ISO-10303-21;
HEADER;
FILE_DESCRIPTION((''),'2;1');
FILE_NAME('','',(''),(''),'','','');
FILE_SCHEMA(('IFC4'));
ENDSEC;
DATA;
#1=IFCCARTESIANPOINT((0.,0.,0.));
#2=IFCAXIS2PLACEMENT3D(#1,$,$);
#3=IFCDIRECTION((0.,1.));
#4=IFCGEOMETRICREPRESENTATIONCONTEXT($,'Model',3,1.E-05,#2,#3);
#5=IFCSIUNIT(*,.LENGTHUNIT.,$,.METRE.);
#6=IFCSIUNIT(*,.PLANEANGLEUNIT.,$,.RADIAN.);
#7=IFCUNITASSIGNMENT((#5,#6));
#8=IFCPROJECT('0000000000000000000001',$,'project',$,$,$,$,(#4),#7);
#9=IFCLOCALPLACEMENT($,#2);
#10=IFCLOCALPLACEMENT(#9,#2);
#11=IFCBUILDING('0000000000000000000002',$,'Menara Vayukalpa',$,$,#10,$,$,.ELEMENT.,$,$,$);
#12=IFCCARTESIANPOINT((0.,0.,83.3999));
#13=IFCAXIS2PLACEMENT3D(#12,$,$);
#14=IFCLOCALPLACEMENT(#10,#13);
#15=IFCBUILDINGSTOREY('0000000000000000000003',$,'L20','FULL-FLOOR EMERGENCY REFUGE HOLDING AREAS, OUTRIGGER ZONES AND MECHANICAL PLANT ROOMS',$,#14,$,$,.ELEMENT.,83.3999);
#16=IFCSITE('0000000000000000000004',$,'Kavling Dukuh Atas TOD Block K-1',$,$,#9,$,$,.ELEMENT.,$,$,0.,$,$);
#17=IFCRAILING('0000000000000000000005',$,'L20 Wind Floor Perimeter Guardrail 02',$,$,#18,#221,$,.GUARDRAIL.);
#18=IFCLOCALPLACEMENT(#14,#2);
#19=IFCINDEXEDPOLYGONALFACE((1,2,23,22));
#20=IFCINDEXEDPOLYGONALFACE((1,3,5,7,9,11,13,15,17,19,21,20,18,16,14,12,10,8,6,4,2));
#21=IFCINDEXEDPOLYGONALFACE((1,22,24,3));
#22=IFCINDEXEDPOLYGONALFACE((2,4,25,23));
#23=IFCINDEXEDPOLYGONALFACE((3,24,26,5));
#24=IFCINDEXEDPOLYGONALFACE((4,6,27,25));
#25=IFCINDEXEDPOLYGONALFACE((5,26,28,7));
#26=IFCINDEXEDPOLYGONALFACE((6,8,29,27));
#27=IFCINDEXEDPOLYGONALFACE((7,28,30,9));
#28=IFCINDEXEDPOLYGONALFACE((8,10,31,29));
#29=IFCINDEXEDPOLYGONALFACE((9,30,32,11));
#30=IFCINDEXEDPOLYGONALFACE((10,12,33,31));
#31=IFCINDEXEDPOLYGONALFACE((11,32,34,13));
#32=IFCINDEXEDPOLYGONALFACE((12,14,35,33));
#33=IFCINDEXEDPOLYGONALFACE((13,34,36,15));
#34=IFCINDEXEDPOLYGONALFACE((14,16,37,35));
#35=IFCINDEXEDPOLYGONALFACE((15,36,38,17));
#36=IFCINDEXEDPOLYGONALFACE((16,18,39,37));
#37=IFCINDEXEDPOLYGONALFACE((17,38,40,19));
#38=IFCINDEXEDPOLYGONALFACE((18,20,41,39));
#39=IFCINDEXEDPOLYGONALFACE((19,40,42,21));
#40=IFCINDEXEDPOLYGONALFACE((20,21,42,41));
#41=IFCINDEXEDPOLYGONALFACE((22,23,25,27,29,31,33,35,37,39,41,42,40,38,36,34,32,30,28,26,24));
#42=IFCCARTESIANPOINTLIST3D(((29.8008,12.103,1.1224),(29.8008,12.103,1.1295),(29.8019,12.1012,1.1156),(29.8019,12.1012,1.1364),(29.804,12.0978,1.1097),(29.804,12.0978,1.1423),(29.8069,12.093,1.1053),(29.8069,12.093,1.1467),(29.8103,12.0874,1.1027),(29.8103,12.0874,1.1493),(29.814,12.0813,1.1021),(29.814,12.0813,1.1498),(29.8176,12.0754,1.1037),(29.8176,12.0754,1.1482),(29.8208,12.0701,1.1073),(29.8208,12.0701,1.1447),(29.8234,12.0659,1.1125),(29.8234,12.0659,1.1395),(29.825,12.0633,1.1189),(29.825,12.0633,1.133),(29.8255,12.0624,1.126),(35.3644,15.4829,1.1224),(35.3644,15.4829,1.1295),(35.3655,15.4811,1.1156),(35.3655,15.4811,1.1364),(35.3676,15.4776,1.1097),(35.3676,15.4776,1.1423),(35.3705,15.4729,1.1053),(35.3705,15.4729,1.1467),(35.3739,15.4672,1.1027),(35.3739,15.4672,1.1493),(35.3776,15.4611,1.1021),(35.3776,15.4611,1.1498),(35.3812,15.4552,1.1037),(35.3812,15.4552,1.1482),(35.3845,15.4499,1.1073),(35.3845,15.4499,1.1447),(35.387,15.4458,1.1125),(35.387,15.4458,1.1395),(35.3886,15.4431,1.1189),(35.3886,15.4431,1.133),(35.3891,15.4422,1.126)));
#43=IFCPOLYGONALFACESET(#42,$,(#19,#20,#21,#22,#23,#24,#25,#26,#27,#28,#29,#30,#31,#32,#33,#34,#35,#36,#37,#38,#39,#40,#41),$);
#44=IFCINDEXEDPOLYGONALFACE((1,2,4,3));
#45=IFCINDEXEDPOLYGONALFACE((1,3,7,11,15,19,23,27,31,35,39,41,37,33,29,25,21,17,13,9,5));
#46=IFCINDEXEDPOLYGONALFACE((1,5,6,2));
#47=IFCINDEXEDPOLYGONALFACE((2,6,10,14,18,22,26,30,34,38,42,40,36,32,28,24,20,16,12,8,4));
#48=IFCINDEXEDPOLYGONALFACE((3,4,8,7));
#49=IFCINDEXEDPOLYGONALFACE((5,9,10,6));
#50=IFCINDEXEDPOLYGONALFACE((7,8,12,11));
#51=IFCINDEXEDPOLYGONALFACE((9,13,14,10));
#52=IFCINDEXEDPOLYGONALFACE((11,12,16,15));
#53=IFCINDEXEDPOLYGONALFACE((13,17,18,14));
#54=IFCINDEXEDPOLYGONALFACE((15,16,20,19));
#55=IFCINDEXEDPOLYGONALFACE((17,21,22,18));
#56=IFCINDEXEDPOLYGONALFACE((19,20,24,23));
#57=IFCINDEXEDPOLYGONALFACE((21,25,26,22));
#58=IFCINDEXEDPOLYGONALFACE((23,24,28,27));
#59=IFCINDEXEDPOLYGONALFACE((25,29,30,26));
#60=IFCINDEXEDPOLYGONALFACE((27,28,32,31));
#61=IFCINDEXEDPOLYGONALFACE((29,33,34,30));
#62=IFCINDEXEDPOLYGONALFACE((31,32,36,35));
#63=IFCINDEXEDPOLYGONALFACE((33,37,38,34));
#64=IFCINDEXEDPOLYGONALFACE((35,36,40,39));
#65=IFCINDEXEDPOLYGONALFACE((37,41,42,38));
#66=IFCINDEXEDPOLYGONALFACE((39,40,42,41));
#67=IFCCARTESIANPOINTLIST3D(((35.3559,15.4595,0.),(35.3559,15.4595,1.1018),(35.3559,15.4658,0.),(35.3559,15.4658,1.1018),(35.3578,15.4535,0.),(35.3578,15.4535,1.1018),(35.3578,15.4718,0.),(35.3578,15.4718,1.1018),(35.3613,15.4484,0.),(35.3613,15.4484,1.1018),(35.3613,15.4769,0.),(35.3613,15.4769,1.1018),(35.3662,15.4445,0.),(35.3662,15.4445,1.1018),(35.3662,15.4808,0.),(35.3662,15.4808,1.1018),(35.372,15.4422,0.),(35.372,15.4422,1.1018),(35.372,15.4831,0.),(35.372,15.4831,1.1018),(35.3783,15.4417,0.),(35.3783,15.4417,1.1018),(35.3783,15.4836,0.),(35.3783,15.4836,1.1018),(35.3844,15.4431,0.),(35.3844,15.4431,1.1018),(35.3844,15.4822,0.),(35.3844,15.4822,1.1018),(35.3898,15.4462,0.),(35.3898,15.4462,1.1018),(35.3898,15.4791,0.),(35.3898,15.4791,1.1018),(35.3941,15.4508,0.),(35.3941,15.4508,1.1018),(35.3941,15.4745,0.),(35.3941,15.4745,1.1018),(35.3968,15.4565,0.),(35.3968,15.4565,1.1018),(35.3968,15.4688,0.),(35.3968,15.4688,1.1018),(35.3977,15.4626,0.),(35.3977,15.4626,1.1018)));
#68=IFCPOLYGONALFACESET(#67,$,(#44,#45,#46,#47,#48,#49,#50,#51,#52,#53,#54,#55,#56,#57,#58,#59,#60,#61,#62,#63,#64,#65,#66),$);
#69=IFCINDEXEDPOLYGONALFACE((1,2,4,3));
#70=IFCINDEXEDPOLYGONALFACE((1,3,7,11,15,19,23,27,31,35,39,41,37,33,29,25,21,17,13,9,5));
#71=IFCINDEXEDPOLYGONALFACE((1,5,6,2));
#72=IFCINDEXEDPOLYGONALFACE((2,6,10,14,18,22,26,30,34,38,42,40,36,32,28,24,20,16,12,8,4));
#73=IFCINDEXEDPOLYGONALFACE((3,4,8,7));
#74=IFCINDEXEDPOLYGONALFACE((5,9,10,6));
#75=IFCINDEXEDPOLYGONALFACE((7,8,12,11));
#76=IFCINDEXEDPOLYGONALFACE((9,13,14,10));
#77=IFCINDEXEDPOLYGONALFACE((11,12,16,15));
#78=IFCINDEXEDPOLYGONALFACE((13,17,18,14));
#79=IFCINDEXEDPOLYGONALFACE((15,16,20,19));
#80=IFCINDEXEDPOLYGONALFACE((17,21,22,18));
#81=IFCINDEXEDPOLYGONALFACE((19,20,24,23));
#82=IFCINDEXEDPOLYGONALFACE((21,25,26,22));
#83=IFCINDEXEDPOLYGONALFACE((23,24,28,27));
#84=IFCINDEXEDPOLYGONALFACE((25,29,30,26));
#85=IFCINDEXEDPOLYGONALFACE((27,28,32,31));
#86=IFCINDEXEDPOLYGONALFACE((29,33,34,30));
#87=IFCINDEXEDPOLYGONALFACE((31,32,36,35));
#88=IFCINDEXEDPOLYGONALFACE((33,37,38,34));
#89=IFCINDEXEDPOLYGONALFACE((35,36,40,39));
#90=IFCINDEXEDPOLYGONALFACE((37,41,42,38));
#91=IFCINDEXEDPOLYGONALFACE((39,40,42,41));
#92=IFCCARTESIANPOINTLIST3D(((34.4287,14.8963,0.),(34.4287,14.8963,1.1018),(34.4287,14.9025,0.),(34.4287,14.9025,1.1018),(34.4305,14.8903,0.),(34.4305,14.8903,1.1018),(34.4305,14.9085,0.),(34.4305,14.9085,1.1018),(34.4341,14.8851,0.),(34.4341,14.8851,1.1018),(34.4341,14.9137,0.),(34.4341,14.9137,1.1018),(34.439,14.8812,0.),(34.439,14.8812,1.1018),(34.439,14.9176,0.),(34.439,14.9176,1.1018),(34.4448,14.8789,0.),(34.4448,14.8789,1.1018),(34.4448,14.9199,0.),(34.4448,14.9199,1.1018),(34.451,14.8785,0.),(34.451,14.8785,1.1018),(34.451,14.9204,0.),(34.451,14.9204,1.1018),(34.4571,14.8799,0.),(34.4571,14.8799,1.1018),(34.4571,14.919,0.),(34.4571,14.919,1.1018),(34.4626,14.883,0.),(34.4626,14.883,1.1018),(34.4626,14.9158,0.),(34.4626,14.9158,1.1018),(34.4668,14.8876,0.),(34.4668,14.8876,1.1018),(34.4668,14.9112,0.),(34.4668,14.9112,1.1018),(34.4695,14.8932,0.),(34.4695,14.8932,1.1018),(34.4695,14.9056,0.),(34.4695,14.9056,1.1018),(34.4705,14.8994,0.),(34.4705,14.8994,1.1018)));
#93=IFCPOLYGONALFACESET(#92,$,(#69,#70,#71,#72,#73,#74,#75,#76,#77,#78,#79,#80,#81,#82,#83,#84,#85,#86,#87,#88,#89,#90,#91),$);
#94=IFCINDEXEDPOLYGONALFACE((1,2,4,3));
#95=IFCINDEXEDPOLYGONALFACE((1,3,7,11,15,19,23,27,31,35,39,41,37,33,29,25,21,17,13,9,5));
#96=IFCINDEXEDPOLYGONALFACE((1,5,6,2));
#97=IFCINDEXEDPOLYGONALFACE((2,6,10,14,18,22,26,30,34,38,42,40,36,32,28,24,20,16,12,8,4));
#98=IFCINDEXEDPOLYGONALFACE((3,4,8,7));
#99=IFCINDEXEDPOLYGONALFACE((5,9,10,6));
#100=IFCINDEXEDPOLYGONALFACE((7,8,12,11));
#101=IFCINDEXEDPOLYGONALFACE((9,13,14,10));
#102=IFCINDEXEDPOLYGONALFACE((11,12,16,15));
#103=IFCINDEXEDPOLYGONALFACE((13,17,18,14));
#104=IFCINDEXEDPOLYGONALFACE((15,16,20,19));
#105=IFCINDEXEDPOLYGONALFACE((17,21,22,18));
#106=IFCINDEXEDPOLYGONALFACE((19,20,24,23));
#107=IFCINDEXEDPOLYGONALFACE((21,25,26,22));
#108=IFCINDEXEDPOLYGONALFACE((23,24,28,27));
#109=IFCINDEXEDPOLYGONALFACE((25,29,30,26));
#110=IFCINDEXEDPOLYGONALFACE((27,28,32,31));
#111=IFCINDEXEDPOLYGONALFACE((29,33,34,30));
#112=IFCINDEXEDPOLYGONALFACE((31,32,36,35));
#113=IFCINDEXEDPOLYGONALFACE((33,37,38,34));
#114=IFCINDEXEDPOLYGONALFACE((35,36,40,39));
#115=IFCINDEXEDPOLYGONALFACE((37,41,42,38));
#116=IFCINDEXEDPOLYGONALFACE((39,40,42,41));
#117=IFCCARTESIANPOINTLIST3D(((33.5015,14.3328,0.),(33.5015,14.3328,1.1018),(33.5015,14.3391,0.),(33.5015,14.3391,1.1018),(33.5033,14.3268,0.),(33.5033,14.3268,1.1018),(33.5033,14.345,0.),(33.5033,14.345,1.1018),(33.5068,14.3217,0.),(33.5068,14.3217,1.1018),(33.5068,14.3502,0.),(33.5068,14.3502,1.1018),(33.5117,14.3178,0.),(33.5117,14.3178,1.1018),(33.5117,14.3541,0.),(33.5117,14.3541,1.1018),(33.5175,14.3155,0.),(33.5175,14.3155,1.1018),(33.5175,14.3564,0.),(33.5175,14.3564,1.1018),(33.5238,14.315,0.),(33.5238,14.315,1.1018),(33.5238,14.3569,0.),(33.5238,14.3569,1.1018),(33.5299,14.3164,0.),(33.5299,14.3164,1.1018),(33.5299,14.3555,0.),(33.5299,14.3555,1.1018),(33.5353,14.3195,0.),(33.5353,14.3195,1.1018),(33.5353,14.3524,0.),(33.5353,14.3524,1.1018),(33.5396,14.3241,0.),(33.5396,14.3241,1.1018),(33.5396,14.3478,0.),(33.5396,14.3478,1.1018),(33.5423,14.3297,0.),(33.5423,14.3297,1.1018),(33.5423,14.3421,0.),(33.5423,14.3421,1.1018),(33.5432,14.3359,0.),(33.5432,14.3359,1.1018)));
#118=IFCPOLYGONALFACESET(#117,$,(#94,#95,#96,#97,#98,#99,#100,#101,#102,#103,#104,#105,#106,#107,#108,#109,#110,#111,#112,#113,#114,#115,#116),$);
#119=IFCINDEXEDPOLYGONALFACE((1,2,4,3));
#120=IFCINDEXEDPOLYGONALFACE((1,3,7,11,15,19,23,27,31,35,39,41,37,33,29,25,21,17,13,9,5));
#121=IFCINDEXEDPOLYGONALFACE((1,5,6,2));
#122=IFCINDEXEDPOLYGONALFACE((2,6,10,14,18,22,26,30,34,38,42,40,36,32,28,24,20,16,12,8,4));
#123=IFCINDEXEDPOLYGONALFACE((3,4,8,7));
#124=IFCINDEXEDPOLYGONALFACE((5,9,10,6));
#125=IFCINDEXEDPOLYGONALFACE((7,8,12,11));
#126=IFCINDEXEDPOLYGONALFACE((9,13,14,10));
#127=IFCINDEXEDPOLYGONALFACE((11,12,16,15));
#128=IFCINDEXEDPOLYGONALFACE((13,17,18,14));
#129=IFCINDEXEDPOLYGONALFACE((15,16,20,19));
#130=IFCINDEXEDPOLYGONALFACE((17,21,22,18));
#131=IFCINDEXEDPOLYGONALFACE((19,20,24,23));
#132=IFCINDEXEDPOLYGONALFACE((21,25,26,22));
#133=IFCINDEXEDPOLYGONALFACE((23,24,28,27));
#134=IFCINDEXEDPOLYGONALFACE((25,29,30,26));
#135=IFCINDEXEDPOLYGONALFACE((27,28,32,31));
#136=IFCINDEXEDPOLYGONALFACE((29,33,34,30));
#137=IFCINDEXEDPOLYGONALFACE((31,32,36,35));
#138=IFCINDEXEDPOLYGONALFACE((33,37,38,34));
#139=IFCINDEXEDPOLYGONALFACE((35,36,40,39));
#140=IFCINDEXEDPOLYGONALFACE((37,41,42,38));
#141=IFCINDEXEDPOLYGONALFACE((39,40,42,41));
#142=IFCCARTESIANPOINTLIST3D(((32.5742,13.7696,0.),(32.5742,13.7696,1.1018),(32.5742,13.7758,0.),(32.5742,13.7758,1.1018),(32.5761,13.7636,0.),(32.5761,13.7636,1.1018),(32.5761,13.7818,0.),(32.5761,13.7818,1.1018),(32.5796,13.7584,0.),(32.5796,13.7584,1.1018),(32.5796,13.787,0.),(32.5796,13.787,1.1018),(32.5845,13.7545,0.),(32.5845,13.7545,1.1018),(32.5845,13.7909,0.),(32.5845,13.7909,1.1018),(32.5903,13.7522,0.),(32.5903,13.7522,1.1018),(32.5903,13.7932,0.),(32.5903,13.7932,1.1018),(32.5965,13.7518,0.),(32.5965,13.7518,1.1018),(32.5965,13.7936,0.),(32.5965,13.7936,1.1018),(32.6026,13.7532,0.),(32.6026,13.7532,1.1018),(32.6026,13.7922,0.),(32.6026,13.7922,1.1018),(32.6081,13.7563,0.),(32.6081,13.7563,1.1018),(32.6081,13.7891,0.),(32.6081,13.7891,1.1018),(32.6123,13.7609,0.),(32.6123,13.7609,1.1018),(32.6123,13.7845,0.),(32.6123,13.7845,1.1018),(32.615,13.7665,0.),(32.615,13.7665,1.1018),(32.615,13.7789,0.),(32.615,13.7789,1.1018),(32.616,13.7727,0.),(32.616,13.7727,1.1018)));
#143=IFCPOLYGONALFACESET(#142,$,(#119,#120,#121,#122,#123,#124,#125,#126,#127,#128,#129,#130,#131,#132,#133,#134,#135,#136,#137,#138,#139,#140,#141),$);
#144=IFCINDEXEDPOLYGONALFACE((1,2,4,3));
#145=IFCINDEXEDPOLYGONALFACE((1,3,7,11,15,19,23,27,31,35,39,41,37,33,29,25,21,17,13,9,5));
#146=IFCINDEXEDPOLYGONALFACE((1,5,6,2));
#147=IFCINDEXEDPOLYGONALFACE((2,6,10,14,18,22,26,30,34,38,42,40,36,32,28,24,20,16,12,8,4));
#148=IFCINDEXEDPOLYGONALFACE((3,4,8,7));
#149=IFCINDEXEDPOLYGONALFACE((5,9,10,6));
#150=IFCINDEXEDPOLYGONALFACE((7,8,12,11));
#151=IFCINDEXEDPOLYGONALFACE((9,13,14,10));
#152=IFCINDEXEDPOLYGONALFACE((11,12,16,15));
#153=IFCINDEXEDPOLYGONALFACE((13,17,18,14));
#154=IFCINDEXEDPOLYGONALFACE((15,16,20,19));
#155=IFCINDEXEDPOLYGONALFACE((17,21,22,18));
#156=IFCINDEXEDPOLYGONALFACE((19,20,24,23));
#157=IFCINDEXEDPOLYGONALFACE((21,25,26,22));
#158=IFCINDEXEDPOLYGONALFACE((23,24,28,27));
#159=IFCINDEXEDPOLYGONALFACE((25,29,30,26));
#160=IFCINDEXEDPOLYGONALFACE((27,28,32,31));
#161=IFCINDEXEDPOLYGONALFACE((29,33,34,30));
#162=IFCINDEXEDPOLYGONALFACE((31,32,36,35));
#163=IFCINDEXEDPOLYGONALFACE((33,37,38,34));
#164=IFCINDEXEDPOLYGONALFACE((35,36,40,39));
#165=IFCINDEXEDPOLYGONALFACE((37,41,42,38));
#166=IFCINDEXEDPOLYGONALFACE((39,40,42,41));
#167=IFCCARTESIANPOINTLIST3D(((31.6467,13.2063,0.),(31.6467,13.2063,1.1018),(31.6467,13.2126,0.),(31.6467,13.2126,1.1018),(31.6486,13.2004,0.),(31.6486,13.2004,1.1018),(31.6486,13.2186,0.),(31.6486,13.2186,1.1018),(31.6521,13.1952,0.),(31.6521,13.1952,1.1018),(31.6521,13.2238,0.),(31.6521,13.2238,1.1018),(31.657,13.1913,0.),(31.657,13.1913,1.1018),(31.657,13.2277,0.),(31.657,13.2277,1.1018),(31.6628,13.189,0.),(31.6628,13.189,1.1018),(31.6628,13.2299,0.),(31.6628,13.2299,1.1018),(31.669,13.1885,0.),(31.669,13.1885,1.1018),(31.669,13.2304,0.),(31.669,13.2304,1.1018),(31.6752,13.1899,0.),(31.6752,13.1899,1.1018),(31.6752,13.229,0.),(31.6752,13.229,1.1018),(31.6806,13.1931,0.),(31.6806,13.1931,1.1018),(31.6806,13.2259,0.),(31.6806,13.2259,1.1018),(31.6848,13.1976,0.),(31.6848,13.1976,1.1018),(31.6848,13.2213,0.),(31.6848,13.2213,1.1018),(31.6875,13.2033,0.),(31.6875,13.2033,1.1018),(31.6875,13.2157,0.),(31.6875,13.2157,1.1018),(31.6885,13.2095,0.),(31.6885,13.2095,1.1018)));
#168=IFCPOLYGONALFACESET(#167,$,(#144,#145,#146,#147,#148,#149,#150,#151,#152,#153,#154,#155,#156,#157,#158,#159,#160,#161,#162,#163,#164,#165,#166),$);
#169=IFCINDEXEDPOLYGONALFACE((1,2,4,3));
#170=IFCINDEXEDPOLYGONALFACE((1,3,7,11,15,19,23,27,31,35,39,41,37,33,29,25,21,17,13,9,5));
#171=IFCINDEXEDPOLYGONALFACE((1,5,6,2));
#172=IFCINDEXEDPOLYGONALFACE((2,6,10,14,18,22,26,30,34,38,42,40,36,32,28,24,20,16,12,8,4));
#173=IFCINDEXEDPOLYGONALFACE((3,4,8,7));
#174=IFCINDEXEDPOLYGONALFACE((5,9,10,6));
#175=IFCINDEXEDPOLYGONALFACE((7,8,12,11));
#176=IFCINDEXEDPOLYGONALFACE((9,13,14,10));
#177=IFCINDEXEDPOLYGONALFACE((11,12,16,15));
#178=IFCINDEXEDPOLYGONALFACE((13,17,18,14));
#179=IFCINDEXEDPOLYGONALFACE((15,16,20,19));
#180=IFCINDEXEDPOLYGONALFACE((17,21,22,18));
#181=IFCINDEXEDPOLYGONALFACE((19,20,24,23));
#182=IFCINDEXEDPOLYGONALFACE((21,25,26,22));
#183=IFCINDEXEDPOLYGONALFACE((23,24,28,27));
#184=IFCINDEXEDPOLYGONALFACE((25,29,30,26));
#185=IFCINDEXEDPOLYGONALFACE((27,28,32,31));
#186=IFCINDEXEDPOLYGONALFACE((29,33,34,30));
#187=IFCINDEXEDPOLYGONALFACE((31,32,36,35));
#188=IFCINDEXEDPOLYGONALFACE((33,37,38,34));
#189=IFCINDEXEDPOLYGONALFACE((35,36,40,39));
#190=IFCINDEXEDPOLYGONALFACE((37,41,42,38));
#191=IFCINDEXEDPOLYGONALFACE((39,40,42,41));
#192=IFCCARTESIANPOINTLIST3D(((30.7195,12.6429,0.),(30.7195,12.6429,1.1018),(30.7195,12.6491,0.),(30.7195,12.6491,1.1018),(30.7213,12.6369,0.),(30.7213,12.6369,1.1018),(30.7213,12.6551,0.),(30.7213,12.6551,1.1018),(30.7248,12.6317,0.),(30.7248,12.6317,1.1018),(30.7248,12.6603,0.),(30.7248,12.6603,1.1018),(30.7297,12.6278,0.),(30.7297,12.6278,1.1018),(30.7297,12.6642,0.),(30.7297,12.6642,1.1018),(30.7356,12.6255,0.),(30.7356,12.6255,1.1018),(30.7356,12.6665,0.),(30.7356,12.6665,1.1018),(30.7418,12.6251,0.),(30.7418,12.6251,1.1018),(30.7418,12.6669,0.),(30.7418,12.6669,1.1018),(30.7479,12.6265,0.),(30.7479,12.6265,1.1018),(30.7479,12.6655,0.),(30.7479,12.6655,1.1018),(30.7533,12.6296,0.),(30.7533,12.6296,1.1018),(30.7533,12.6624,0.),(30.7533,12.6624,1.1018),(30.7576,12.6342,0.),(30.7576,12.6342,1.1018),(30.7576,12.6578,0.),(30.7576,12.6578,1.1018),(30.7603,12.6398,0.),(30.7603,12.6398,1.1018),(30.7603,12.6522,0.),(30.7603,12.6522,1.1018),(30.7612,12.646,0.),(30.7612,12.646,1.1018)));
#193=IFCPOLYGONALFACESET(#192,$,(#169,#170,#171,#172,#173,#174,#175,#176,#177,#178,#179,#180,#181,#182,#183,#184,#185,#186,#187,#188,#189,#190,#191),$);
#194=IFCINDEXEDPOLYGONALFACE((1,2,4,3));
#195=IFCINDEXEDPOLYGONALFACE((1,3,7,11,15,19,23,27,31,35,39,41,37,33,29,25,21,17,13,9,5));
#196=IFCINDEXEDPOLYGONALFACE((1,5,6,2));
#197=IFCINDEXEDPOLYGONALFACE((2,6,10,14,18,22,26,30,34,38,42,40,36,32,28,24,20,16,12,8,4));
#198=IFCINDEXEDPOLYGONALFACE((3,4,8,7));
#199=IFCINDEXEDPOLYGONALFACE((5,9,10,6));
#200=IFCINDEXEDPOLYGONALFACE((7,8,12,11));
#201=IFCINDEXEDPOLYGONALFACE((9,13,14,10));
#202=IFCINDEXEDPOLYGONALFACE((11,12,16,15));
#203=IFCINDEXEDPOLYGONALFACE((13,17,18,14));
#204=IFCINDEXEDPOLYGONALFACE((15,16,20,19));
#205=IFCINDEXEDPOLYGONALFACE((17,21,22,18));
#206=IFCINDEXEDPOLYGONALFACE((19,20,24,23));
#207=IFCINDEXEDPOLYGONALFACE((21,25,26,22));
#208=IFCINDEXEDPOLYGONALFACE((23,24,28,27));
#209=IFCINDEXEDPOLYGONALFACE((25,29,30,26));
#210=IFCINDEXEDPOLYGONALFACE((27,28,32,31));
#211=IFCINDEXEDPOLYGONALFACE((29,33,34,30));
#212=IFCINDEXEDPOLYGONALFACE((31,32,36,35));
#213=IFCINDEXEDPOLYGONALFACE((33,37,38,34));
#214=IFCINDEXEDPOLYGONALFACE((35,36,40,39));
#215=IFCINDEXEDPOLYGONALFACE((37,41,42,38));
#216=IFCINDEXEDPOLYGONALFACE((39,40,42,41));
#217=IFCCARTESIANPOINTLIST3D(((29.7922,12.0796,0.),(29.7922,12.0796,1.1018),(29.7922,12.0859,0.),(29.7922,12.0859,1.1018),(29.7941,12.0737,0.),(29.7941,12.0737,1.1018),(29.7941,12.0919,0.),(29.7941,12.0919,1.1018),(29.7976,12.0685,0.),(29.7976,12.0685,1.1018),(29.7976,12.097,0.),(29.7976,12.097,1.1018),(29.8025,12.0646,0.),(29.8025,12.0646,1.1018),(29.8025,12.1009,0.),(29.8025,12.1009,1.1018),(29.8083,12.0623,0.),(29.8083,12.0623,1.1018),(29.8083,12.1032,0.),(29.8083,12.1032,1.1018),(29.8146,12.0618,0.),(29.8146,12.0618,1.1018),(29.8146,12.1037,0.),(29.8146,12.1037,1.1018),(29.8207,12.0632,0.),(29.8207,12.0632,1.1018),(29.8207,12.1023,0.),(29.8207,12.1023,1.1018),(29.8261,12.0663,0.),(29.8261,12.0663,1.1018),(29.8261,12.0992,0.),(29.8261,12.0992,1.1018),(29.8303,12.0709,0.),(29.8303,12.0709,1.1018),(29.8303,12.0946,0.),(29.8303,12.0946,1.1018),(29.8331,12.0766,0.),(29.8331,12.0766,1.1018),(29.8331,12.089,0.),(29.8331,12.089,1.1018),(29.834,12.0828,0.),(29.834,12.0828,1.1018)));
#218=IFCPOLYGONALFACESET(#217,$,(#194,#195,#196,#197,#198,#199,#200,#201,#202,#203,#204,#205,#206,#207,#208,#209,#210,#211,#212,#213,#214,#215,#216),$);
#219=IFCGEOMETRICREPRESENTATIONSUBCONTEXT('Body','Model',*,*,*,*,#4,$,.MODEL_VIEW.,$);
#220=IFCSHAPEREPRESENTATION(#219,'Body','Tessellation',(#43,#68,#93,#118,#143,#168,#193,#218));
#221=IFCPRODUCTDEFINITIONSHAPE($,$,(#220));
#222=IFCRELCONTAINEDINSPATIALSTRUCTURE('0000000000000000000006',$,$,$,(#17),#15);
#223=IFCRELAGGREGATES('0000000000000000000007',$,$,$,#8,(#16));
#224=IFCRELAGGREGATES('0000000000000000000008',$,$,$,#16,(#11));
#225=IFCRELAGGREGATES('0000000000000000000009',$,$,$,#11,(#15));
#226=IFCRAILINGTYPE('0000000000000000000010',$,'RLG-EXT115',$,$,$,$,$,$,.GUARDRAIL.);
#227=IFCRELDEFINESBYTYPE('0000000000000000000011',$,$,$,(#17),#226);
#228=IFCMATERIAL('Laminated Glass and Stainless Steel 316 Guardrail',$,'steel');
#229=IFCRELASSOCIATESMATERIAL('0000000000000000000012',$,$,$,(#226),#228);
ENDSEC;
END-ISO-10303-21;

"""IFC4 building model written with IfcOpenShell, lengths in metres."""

from ifc_helpers import new_model, si_unit, direction, frame, origin, origin_2d, place, context, subcontext, project, spatial, circle, extrude, material, type_object, element, save


model = new_model("IFC4")

# Units and contexts
model_context = context("Model", 3, precision=1e-05, world=origin(), true_north=direction((0.0, 1.0)))
body_context = subcontext(model_context, "Body", "Model", "MODEL_VIEW")
ifc_project = project(units=[si_unit("LENGTHUNIT", "METRE"), si_unit("PLANEANGLEUNIT", "RADIAN")], contexts=[model_context])

# Site, building, storey
site_placement = place(None, origin())
site = spatial("IfcSite", under=ifc_project, at=site_placement, Name="Kavling Dukuh Atas TOD Block K-1", CompositionType="ELEMENT", RefElevation=0.0)
building_placement = place(site_placement, origin())
building = spatial("IfcBuilding", under=site, at=building_placement, Name="Menara Vayukalpa", CompositionType="ELEMENT")
storey_placement = place(building_placement, frame((0.0, 0.0, 83.3999)))
storey = spatial("IfcBuildingStorey", under=building, at=storey_placement, Name="L20", Description="FULL-FLOOR EMERGENCY REFUGE HOLDING AREAS, OUTRIGGER ZONES AND MECHANICAL PLANT ROOMS", CompositionType="ELEMENT", Elevation=83.3999)

# Railing
ifc_material_1 = material(Name="Laminated Glass and Stainless Steel 316 Guardrail", Category="steel")
railing_type_1 = type_object("IfcRailingType", Name="RLG-EXT115", PredefinedType="GUARDRAIL", material=ifc_material_1)
railing_1_placement = place(storey_placement, frame((35.3767, 15.4626, 0.0)))
element("IfcRailing", 1, at=railing_1_placement, inside=storey, type_object=railing_type_1, Name="L20 Wind Floor Perimeter Guardrail 02", PredefinedType="GUARDRAIL", context=body_context, shape_type="SweptSolid", body=[
    extrude(circle(Radius=0.0239, at=origin_2d()), frame((0.0, 0.0, 1.126), z_axis=(-0.854657, -0.519192, 0.0), x_axis=(0.519192, -0.854657, 0.0)), (0.0, 0.0, 1.0), 6.5098),
    extrude(circle(Radius=0.021, at=origin_2d()), origin(), (0.0, 0.0, 1.0), 1.1018),
    extrude(circle(Radius=0.021, at=origin_2d()), frame((-0.9272, -0.5632, 0.0)), (0.0, 0.0, 1.0), 1.1018),
    extrude(circle(Radius=0.021, at=origin_2d()), frame((-1.8545, -1.1267, 0.0)), (0.0, 0.0, 1.0), 1.1018),
    extrude(circle(Radius=0.021, at=origin_2d()), frame((-2.7817, -1.6899, 0.0)), (0.0, 0.0, 1.0), 1.1018),
    extrude(circle(Radius=0.021, at=origin_2d()), frame((-3.7092, -2.2532, 0.0)), (0.0, 0.0, 1.0), 1.1018),
    extrude(circle(Radius=0.021, at=origin_2d()), frame((-4.6365, -2.8167, 0.0)), (0.0, 0.0, 1.0), 1.1018),
    extrude(circle(Radius=0.021, at=origin_2d()), frame((-5.5637, -3.3799, 0.0)), (0.0, 0.0, 1.0), 1.1018),
])

save(model, "model.ifc")
